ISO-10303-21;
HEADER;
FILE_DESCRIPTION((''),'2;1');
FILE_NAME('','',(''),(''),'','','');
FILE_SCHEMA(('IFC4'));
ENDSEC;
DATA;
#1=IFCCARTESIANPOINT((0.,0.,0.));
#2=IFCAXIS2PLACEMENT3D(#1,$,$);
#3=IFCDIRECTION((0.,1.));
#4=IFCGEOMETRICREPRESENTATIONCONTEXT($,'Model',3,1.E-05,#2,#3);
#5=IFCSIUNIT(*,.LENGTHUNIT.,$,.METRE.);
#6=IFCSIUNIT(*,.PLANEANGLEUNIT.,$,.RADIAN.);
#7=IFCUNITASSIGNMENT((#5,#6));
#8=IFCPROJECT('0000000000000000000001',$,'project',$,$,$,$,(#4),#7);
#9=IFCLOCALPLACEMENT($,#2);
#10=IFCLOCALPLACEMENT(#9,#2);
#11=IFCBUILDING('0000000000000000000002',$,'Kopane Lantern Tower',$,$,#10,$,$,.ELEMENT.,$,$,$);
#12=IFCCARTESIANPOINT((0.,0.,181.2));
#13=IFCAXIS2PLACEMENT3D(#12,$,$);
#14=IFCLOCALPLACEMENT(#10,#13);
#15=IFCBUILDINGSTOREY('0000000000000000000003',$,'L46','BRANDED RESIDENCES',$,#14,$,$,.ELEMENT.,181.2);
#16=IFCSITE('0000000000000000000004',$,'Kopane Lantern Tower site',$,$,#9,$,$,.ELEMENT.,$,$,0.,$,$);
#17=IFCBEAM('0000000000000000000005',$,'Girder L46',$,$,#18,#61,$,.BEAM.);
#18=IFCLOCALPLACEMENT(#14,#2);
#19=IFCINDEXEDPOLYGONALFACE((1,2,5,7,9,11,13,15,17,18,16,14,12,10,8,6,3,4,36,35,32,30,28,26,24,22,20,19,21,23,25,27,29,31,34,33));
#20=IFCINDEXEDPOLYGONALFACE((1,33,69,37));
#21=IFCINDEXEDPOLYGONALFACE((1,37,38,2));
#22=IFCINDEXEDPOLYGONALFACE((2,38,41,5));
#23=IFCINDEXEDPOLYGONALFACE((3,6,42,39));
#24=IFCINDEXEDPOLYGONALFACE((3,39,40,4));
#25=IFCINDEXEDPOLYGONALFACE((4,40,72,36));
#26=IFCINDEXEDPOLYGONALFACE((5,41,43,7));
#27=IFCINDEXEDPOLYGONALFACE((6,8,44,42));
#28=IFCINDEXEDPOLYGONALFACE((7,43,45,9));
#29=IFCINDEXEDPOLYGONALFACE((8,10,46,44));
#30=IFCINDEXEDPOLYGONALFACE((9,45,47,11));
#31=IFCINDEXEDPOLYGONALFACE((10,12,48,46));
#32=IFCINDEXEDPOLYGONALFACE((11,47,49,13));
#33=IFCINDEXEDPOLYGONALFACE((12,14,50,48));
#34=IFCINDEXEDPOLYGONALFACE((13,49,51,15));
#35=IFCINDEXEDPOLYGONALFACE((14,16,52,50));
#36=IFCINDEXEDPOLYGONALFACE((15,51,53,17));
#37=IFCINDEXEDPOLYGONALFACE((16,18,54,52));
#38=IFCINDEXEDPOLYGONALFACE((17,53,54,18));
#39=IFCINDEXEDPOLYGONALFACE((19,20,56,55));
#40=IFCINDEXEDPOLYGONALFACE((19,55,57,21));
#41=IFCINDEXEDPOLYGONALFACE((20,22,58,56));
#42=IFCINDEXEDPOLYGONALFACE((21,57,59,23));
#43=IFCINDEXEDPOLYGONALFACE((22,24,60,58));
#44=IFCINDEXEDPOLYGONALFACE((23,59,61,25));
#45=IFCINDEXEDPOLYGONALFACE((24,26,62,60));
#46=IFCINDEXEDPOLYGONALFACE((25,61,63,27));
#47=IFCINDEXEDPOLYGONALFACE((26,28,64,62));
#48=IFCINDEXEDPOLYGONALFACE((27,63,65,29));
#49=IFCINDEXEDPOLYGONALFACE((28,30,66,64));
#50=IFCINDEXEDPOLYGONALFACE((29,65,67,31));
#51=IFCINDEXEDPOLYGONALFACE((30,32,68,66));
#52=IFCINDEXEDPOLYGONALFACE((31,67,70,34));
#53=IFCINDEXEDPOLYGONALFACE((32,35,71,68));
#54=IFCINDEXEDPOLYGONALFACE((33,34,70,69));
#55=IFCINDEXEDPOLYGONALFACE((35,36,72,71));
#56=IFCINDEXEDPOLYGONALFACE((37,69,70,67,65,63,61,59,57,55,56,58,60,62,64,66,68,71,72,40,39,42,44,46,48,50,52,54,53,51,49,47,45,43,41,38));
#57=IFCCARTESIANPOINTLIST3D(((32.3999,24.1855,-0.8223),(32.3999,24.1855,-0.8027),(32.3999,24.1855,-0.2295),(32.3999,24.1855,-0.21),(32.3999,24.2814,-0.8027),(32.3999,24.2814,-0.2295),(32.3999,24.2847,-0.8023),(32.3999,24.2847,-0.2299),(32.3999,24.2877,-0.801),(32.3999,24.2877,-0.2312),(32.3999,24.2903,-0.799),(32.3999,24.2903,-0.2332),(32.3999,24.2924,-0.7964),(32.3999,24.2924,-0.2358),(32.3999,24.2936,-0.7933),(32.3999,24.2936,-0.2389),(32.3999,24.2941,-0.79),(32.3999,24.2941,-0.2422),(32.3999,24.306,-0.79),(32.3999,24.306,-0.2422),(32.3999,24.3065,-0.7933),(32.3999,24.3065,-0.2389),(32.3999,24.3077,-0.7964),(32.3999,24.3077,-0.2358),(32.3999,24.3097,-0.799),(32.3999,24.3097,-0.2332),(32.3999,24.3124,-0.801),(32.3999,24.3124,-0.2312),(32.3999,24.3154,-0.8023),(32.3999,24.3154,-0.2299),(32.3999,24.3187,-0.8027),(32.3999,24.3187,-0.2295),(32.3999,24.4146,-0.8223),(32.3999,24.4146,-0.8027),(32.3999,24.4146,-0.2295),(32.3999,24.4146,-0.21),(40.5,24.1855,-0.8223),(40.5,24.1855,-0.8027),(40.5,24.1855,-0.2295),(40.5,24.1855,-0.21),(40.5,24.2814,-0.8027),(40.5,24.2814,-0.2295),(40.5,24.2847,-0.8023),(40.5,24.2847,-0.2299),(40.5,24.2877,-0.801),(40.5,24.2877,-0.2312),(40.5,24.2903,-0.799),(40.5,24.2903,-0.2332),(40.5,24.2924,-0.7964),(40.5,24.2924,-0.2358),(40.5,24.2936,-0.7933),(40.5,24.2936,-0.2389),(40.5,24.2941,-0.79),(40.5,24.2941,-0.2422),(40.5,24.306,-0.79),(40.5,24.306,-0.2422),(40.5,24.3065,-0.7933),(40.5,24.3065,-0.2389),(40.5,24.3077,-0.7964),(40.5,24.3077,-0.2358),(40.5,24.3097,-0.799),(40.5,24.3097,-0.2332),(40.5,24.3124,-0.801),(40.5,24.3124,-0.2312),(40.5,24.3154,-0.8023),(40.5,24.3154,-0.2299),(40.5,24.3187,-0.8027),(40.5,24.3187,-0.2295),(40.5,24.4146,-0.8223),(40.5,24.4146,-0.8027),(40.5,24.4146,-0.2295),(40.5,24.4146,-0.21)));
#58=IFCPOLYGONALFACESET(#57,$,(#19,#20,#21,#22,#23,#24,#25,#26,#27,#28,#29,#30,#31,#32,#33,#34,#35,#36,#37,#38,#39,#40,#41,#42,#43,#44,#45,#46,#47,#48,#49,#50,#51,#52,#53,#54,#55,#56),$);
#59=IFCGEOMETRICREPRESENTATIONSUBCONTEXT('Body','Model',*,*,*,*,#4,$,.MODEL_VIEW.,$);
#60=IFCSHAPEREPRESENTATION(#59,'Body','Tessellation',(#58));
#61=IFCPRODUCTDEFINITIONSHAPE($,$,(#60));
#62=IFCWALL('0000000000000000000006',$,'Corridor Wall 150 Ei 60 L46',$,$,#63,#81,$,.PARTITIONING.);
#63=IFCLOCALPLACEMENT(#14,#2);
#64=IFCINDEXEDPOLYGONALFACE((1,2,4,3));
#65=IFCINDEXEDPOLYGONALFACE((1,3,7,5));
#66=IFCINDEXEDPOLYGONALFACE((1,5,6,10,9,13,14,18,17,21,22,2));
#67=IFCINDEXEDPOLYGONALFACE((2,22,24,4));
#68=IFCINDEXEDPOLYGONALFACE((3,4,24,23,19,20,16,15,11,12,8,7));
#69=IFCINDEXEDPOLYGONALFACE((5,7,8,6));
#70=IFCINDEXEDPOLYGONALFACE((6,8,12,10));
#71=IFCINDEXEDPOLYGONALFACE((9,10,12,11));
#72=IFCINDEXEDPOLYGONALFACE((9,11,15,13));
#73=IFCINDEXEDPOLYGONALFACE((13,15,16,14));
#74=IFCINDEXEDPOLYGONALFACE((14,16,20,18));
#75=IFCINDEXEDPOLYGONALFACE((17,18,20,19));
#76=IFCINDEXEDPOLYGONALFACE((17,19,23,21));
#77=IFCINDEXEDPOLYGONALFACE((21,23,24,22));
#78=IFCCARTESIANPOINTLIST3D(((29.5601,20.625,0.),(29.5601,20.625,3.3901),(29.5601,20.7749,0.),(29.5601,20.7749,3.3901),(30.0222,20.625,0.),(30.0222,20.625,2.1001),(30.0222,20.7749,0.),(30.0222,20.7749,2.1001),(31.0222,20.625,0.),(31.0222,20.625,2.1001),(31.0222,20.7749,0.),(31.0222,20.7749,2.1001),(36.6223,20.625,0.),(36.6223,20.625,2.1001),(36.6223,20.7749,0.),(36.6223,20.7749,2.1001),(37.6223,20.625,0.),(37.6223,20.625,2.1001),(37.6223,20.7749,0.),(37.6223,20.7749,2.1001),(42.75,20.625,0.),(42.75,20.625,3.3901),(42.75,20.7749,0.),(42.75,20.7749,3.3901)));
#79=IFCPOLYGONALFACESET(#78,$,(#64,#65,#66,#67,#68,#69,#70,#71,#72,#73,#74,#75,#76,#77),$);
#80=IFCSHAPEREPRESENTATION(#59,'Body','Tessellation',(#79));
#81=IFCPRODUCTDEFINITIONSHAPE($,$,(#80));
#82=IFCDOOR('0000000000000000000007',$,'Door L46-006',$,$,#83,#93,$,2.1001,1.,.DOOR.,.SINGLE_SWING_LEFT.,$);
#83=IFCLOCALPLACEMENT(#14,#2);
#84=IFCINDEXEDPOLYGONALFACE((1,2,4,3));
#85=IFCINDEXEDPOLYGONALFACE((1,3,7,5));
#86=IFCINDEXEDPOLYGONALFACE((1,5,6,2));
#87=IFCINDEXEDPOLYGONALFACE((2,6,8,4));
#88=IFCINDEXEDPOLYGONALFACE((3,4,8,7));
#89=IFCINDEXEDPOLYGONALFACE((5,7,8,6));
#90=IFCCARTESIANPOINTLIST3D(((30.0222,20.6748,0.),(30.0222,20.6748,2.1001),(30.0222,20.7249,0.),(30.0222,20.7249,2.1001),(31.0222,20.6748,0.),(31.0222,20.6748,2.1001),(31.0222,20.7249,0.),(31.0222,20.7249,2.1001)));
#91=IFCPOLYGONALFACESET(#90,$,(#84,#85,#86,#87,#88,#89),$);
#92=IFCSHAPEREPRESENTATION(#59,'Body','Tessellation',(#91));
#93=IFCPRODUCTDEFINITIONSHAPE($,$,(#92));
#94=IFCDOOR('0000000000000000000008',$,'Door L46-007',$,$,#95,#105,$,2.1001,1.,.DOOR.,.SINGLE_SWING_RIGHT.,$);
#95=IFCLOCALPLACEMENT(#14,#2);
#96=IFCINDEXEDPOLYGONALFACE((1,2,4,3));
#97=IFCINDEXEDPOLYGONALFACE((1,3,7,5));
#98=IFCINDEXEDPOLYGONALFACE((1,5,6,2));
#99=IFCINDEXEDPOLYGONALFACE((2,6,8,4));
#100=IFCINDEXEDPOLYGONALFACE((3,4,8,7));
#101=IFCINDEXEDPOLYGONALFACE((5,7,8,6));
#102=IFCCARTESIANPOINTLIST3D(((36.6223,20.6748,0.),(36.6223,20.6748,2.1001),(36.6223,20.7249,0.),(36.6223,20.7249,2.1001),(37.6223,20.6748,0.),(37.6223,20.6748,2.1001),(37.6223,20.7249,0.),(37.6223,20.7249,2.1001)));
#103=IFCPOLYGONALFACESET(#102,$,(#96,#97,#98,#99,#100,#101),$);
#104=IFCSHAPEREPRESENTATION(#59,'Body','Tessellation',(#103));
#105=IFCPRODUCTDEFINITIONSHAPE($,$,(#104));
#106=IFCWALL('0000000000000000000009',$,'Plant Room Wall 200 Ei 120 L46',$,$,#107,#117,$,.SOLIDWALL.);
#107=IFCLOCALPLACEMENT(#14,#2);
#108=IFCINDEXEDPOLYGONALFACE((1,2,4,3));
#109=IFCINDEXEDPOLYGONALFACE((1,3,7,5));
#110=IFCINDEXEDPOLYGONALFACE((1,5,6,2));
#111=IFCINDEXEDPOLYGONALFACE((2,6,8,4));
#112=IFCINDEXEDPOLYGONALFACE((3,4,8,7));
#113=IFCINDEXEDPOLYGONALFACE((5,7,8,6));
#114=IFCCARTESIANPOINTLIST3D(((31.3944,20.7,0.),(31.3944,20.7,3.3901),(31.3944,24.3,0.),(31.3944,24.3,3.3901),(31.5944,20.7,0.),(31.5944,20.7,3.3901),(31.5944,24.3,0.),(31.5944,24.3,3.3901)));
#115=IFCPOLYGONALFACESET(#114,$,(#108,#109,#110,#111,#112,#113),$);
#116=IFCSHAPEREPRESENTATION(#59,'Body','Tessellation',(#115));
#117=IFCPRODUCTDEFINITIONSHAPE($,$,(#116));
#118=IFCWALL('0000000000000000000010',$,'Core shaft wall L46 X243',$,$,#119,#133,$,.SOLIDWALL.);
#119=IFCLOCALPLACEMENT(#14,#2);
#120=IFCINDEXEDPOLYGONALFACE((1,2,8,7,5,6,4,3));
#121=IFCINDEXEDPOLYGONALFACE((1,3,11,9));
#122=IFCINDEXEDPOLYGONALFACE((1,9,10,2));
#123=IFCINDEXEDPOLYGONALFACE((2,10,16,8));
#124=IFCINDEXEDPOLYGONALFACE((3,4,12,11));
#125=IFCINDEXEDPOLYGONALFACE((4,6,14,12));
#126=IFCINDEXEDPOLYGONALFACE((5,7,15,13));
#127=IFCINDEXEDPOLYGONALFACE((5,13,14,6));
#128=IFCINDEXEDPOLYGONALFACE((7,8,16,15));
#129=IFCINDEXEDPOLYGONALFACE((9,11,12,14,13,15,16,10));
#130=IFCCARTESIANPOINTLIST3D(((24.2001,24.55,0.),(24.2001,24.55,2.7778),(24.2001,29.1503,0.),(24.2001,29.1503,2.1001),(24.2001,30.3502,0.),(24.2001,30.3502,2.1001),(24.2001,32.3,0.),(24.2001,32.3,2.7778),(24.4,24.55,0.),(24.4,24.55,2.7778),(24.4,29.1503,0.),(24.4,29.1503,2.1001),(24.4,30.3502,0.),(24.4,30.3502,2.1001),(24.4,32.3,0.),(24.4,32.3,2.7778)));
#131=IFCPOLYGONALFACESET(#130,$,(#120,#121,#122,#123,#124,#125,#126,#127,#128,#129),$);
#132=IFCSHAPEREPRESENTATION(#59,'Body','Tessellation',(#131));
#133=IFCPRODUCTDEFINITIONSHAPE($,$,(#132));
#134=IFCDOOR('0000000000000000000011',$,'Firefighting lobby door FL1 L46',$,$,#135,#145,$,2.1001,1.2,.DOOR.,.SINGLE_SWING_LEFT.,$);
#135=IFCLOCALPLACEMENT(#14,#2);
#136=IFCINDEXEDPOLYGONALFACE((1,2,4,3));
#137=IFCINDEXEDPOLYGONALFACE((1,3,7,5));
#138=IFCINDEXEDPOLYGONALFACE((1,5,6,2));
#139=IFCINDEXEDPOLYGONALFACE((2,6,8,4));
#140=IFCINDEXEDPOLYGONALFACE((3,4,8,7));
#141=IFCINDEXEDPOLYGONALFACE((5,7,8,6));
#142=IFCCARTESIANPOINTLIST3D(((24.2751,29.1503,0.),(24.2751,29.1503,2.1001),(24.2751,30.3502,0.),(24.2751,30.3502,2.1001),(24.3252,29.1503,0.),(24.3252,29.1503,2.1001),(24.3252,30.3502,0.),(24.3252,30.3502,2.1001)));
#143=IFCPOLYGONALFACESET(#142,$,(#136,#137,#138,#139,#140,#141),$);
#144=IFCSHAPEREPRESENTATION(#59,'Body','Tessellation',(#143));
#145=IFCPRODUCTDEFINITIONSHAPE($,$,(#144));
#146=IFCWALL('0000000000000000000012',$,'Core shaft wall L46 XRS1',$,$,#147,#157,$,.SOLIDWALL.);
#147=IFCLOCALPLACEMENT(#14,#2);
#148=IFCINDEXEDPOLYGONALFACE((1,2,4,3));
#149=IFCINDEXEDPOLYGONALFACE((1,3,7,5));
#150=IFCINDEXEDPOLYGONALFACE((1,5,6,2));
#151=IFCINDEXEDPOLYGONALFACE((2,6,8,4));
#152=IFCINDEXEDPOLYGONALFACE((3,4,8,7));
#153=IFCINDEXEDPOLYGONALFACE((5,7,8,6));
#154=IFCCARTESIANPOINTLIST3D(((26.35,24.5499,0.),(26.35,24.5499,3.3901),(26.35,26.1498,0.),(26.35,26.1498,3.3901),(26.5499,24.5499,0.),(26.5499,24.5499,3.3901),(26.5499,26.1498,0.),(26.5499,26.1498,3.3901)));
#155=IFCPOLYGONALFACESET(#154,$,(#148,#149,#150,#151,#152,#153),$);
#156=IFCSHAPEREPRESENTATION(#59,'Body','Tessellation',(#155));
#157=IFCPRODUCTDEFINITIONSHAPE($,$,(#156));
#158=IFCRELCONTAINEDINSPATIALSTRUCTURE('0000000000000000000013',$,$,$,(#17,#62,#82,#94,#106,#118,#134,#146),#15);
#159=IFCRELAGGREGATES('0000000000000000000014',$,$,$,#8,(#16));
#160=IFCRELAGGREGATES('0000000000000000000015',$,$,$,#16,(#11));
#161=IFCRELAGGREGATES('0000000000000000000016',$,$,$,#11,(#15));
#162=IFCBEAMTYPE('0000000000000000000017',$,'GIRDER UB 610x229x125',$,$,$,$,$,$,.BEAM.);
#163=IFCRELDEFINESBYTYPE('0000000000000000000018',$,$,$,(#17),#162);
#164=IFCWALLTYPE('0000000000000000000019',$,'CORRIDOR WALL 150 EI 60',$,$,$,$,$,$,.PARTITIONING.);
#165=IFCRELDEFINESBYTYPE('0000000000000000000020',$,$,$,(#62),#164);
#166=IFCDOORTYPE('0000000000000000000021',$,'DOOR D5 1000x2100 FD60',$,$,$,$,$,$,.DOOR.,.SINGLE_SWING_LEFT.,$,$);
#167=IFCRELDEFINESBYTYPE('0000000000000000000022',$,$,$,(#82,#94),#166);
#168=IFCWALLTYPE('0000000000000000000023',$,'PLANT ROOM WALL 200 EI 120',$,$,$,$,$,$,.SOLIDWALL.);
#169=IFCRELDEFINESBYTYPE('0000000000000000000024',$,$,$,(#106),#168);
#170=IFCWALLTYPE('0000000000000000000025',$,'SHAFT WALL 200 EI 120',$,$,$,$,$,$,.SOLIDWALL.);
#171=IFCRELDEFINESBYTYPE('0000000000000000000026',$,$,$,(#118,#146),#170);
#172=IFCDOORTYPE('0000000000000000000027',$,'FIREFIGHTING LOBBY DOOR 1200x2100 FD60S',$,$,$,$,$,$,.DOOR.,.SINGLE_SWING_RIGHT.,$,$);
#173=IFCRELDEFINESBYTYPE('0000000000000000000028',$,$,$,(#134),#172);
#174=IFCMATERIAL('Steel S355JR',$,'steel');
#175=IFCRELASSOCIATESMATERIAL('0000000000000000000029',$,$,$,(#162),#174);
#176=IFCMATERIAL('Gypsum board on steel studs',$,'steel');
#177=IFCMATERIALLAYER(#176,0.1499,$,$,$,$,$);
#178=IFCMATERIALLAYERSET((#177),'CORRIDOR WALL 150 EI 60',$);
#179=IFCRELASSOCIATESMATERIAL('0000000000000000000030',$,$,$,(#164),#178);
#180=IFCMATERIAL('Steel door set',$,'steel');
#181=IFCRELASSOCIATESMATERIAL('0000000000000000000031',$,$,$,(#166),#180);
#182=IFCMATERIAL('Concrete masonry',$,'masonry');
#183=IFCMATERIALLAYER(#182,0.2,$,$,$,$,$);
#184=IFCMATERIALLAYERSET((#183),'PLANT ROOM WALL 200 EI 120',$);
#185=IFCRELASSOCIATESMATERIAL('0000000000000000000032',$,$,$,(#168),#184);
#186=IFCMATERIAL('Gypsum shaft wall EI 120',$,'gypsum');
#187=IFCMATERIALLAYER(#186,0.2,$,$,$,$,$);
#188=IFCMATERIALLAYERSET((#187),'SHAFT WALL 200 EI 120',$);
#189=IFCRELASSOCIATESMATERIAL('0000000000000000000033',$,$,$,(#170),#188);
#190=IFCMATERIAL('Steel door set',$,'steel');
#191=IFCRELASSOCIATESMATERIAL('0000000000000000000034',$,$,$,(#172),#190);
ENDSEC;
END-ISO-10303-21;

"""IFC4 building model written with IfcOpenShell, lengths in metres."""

from ifc_helpers import new_model, si_unit, direction, frame, frame_2d, origin, origin_2d, place, context, subcontext, project, spatial, rectangle, i_section, extrude, material, layer, layer_set, material_profile, profile_set, type_object, element, fill, save


model = new_model("IFC4")

# Units and contexts
model_context = context("Model", 3, precision=1e-05, world=origin(), true_north=direction((0.0, 1.0)))
body_context = subcontext(model_context, "Body", "Model", "MODEL_VIEW")
ifc_project = project(units=[si_unit("LENGTHUNIT", "METRE"), si_unit("PLANEANGLEUNIT", "RADIAN")], contexts=[model_context])

# Site, building, storey
site_placement = place(None, origin())
site = spatial("IfcSite", under=ifc_project, at=site_placement, Name="Kopane Lantern Tower site", CompositionType="ELEMENT", RefElevation=0.0)
building_placement = place(site_placement, origin())
building = spatial("IfcBuilding", under=site, at=building_placement, Name="Kopane Lantern Tower", CompositionType="ELEMENT")
storey_placement = place(building_placement, frame((0.0, 0.0, 181.2)))
storey = spatial("IfcBuildingStorey", under=building, at=storey_placement, Name="L46", Description="BRANDED RESIDENCES", CompositionType="ELEMENT", Elevation=181.2)

# Beam
ifc_material_1 = material(Name="Steel S355JR", Category="steel")
ifc_material_profile_1 = material_profile(ifc_material_1, i_section(OverallWidth=0.229, OverallDepth=0.6123, WebThickness=0.012, FlangeThickness=0.0195, FilletRadius=0.0127, at=origin_2d()), Name="UB 610x229x125")
ifc_profile_set_1 = profile_set([ifc_material_profile_1], Name="Steel S355JR")
beam_type_1 = type_object("IfcBeamType", Name="GIRDER UB 610x229x125", PredefinedType="BEAM", material=ifc_profile_set_1)
beam_1_placement = place(storey_placement, frame((32.3999, 24.3, -0.5161), z_axis=(1.0, 0.0, 0.0), x_axis=(0.0, 1.0, 0.0)))
element("IfcBeam", 1, at=beam_1_placement, inside=storey, type_object=beam_type_1, Name="Girder L46", PredefinedType="BEAM", context=body_context, shape_type="SweptSolid", body=[
    extrude(i_section(OverallWidth=0.229, OverallDepth=0.6123, WebThickness=0.012, FlangeThickness=0.0195, FilletRadius=0.0127, at=origin_2d()), origin(), (0.0, 0.0, 1.0), 8.1001),
])

# Wall, openings, doors
ifc_material_2 = material(Name="Gypsum board on steel studs", Category="steel")
ifc_layer_1 = layer(ifc_material_2, 0.1499)
ifc_layer_set_1 = layer_set([ifc_layer_1], Name="CORRIDOR WALL 150 EI 60")
wall_type_1 = type_object("IfcWallType", Name="CORRIDOR WALL 150 EI 60", PredefinedType="PARTITIONING", material=ifc_layer_set_1)
wall_1_placement = place(storey_placement, frame((29.5601, 20.7, 0.0), z_axis=(0.0, 0.0, 1.0), x_axis=(1.0, 0.0, 0.0)))
wall_1 = element("IfcWall", 2, at=wall_1_placement, inside=storey, type_object=wall_type_1, Name="Corridor Wall 150 Ei 60 L46", PredefinedType="PARTITIONING", context=body_context, shape_type="SweptSolid", body=[
    extrude(rectangle(XDim=13.1899, YDim=0.1499, at=frame_2d((6.595, 0.0))), origin(), (0.0, 0.0, 1.0), 3.3901),
])
opening_1_placement = place(wall_1_placement, frame((0.4622, 0.0, 0.0)))
opening_1 = element("IfcOpeningElement", 3, at=opening_1_placement, cuts=wall_1, PredefinedType="OPENING", context=body_context, shape_type="SweptSolid", body=[
    extrude(rectangle(XDim=1.0, YDim=2.1001, at=frame_2d((0.5, 1.05))), frame((0.0, 0.085, 0.0), z_axis=(0.0, -1.0, 0.0), x_axis=(1.0, 0.0, 0.0)), (0.0, 0.0, 1.0), 0.1699),
])
opening_2_placement = place(wall_1_placement, frame((7.0623, 0.0, 0.0)))
opening_2 = element("IfcOpeningElement", 4, at=opening_2_placement, cuts=wall_1, PredefinedType="OPENING", context=body_context, shape_type="SweptSolid", body=[
    extrude(rectangle(XDim=1.0, YDim=2.1001, at=frame_2d((0.5, 1.05))), frame((0.0, 0.085, 0.0), z_axis=(0.0, -1.0, 0.0), x_axis=(1.0, 0.0, 0.0)), (0.0, 0.0, 1.0), 0.1699),
])
ifc_material_3 = material(Name="Steel door set", Category="steel")
door_type_1 = type_object("IfcDoorType", Name="DOOR D5 1000x2100 FD60", OperationType="SINGLE_SWING_LEFT", PredefinedType="DOOR", material=ifc_material_3)
door_1_placement = place(opening_1_placement, origin())
door_1 = element("IfcDoor", 5, at=door_1_placement, inside=storey, type_object=door_type_1, Name="Door L46-006", OperationType="SINGLE_SWING_LEFT", OverallHeight=2.1001, OverallWidth=1.0, PredefinedType="DOOR", context=body_context, shape_type="SweptSolid", body=[
    extrude(rectangle(XDim=1.0, YDim=2.1001, at=frame_2d((0.5, 1.05))), frame((0.0, 0.0249, 0.0), z_axis=(0.0, -1.0, 0.0), x_axis=(1.0, 0.0, 0.0)), (0.0, 0.0, 1.0), 0.05),
])
fill(opening_1, door_1)
door_2_placement = place(opening_2_placement, origin())
door_2 = element("IfcDoor", 6, at=door_2_placement, inside=storey, type_object=door_type_1, Name="Door L46-007", OperationType="SINGLE_SWING_RIGHT", OverallHeight=2.1001, OverallWidth=1.0, PredefinedType="DOOR", context=body_context, shape_type="SweptSolid", body=[
    extrude(rectangle(XDim=1.0, YDim=2.1001, at=frame_2d((0.5, 1.05))), frame((0.0, 0.0249, 0.0), z_axis=(0.0, -1.0, 0.0), x_axis=(1.0, 0.0, 0.0)), (0.0, 0.0, 1.0), 0.05),
])
fill(opening_2, door_2)

# Wall
ifc_material_4 = material(Name="Concrete masonry", Category="masonry")
ifc_layer_2 = layer(ifc_material_4, 0.2)
ifc_layer_set_2 = layer_set([ifc_layer_2], Name="PLANT ROOM WALL 200 EI 120")
wall_type_2 = type_object("IfcWallType", Name="PLANT ROOM WALL 200 EI 120", PredefinedType="SOLIDWALL", material=ifc_layer_set_2)
wall_2_placement = place(storey_placement, frame((31.4944, 20.7, 0.0), z_axis=(0.0, 0.0, 1.0), x_axis=(0.0, 1.0, 0.0)))
element("IfcWall", 7, at=wall_2_placement, inside=storey, type_object=wall_type_2, Name="Plant Room Wall 200 Ei 120 L46", PredefinedType="SOLIDWALL", context=body_context, shape_type="SweptSolid", body=[
    extrude(rectangle(XDim=3.6001, YDim=0.2, at=frame_2d((1.8, 0.0))), origin(), (0.0, 0.0, 1.0), 3.3901),
])

# Wall, opening, door
ifc_material_5 = material(Name="Gypsum shaft wall EI 120", Category="gypsum")
ifc_layer_3 = layer(ifc_material_5, 0.2)
ifc_layer_set_3 = layer_set([ifc_layer_3], Name="SHAFT WALL 200 EI 120")
wall_type_3 = type_object("IfcWallType", Name="SHAFT WALL 200 EI 120", PredefinedType="SOLIDWALL", material=ifc_layer_set_3)
wall_3_placement = place(storey_placement, frame((24.3, 24.55, 0.0), z_axis=(0.0, 0.0, 1.0), x_axis=(0.0, 1.0, 0.0)))
wall_3 = element("IfcWall", 8, at=wall_3_placement, inside=storey, type_object=wall_type_3, Name="Core shaft wall L46 X243", PredefinedType="SOLIDWALL", context=body_context, shape_type="SweptSolid", body=[
    extrude(rectangle(XDim=7.75, YDim=0.2, at=frame_2d((3.875, 0.0))), origin(), (0.0, 0.0, 1.0), 2.7778),
])
opening_3_placement = place(wall_3_placement, frame((4.6001, 0.0, 0.0)))
opening_3 = element("IfcOpeningElement", 9, at=opening_3_placement, cuts=wall_3, PredefinedType="OPENING", context=body_context, shape_type="SweptSolid", body=[
    extrude(rectangle(XDim=1.2, YDim=2.1001, at=frame_2d((0.6001, 1.05))), frame((0.0, 0.1099, 0.0), z_axis=(0.0, -1.0, 0.0), x_axis=(1.0, 0.0, 0.0)), (0.0, 0.0, 1.0), 0.22),
])
ifc_material_6 = material(Name="Steel door set", Category="steel")
door_type_2 = type_object("IfcDoorType", Name="FIREFIGHTING LOBBY DOOR 1200x2100 FD60S", OperationType="SINGLE_SWING_RIGHT", PredefinedType="DOOR", material=ifc_material_6)
door_3_placement = place(opening_3_placement, origin())
door_3 = element("IfcDoor", 10, at=door_3_placement, inside=storey, type_object=door_type_2, Name="Firefighting lobby door FL1 L46", OperationType="SINGLE_SWING_LEFT", OverallHeight=2.1001, OverallWidth=1.2, PredefinedType="DOOR", context=body_context, shape_type="SweptSolid", body=[
    extrude(rectangle(XDim=1.2, YDim=2.1001, at=frame_2d((0.6001, 1.05))), frame((0.0, 0.0249, 0.0), z_axis=(0.0, -1.0, 0.0), x_axis=(1.0, 0.0, 0.0)), (0.0, 0.0, 1.0), 0.05),
])
fill(opening_3, door_3)

# Wall
wall_4_placement = place(storey_placement, frame((26.45, 24.55, 0.0), z_axis=(0.0, 0.0, 1.0), x_axis=(0.0, 1.0, 0.0)))
element("IfcWall", 11, at=wall_4_placement, inside=storey, type_object=wall_type_3, Name="Core shaft wall L46 XRS1", PredefinedType="SOLIDWALL", context=body_context, shape_type="SweptSolid", body=[
    extrude(rectangle(XDim=1.5999, YDim=0.2, at=frame_2d((0.7998, 0.0))), origin(), (0.0, 0.0, 1.0), 3.3901),
])

save(model, "model.ifc")
